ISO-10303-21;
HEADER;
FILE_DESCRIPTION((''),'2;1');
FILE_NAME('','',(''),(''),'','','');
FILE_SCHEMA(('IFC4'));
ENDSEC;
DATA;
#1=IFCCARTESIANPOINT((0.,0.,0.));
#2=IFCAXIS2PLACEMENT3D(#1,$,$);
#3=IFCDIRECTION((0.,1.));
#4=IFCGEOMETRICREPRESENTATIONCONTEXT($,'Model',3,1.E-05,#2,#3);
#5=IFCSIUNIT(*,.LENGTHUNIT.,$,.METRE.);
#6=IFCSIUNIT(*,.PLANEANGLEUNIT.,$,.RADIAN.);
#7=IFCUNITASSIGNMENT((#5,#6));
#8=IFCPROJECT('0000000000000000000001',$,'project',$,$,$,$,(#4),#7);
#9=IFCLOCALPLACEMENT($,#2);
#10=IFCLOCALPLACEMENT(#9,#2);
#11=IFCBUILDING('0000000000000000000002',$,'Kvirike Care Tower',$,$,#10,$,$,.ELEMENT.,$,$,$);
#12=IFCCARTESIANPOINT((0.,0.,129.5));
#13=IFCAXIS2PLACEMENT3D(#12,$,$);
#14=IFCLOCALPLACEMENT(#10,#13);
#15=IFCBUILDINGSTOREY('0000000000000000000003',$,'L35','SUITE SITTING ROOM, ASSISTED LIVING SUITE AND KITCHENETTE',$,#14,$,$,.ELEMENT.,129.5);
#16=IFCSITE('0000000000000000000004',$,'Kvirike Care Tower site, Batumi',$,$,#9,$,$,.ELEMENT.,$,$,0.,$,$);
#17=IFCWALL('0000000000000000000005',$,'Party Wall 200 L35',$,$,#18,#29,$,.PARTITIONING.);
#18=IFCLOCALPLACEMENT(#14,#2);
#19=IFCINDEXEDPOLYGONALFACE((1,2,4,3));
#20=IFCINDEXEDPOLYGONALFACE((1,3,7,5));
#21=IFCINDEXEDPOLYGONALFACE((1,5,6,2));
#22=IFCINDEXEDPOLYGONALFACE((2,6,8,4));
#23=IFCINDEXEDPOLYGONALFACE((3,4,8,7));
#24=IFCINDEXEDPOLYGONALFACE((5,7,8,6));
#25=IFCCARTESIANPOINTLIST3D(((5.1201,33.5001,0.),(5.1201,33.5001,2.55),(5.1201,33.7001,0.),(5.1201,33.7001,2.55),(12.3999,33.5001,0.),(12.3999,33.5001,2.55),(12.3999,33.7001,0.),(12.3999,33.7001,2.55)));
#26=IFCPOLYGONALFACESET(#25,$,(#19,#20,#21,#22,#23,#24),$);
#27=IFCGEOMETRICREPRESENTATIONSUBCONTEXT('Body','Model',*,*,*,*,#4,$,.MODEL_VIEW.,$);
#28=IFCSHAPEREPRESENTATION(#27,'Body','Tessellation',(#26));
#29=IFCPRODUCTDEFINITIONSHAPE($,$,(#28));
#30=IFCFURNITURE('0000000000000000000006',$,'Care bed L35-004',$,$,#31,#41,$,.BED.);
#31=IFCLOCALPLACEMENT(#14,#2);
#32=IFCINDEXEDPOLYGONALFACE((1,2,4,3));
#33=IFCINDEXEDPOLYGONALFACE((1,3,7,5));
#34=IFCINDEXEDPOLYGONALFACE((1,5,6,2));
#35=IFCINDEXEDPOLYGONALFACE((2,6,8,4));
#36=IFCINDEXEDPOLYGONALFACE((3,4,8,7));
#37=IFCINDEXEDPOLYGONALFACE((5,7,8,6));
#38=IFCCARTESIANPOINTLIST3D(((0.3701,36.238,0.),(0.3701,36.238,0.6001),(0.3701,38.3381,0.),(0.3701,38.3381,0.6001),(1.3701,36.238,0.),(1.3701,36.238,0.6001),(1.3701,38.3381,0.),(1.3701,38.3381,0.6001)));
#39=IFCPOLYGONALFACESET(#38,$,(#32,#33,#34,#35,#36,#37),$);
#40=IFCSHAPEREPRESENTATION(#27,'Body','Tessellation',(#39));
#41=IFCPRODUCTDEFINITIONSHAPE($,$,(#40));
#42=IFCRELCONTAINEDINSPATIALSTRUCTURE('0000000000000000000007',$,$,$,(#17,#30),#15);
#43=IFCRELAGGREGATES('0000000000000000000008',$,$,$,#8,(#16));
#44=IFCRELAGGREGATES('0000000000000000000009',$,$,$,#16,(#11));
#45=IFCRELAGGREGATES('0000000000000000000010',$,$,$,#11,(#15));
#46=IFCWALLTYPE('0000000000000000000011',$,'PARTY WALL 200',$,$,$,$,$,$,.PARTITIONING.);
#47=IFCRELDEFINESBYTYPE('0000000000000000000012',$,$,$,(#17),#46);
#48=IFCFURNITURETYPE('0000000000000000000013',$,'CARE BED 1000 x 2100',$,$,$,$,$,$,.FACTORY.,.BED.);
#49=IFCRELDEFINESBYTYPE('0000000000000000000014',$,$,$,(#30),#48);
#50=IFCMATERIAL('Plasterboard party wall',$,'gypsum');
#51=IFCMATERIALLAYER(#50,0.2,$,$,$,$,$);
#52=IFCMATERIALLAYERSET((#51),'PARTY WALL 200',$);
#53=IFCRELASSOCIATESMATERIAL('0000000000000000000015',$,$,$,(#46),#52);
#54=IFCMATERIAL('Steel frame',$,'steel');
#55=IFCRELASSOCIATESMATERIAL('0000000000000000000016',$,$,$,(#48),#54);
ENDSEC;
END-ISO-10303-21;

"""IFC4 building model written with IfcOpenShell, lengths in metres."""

from ifc_helpers import new_model, si_unit, direction, frame, frame_2d, origin, origin_2d, place, context, subcontext, project, spatial, rectangle, extrude, material, layer, layer_set, type_object, element, save


model = new_model("IFC4")

# Units and contexts
model_context = context("Model", 3, precision=1e-05, world=origin(), true_north=direction((0.0, 1.0)))
body_context = subcontext(model_context, "Body", "Model", "MODEL_VIEW")
ifc_project = project(units=[si_unit("LENGTHUNIT", "METRE"), si_unit("PLANEANGLEUNIT", "RADIAN")], contexts=[model_context])

# Site, building, storey
site_placement = place(None, origin())
site = spatial("IfcSite", under=ifc_project, at=site_placement, Name="Kvirike Care Tower site, Batumi", CompositionType="ELEMENT", RefElevation=0.0)
building_placement = place(site_placement, origin())
building = spatial("IfcBuilding", under=site, at=building_placement, Name="Kvirike Care Tower", CompositionType="ELEMENT")
storey_placement = place(building_placement, frame((0.0, 0.0, 129.5)))
storey = spatial("IfcBuildingStorey", under=building, at=storey_placement, Name="L35", Description="SUITE SITTING ROOM, ASSISTED LIVING SUITE AND KITCHENETTE", CompositionType="ELEMENT", Elevation=129.5)

# Wall
ifc_material_1 = material(Name="Plasterboard party wall", Category="gypsum")
ifc_layer_1 = layer(ifc_material_1, 0.2)
ifc_layer_set_1 = layer_set([ifc_layer_1], Name="PARTY WALL 200")
wall_type_1 = type_object("IfcWallType", Name="PARTY WALL 200", PredefinedType="PARTITIONING", material=ifc_layer_set_1)
wall_1_placement = place(storey_placement, frame((5.1201, 33.6001, 0.0), z_axis=(0.0, 0.0, 1.0), x_axis=(1.0, 0.0, 0.0)))
element("IfcWall", 1, at=wall_1_placement, inside=storey, type_object=wall_type_1, Name="Party Wall 200 L35", PredefinedType="PARTITIONING", context=body_context, shape_type="SweptSolid", body=[
    extrude(rectangle(XDim=7.2798, YDim=0.2, at=frame_2d((3.6399, 0.0))), origin(), (0.0, 0.0, 1.0), 2.55),
])

# Furniture
ifc_material_2 = material(Name="Steel frame", Category="steel")
furniture_type = type_object("IfcFurnitureType", Name="CARE BED 1000 x 2100", AssemblyPlace="FACTORY", PredefinedType="BED", material=ifc_material_2)
furniture_placement = place(storey_placement, frame((0.8701, 37.2881, 0.0), z_axis=(0.0, 0.0, 1.0), x_axis=(1.0, 0.0, 0.0)))
element("IfcFurniture", 2, at=furniture_placement, inside=storey, type_object=furniture_type, Name="Care bed L35-004", PredefinedType="BED", context=body_context, shape_type="SweptSolid", body=[
    extrude(rectangle(XDim=1.0, YDim=2.1001, at=origin_2d()), origin(), (0.0, 0.0, 1.0), 0.6001),
])

save(model, "model.ifc")
